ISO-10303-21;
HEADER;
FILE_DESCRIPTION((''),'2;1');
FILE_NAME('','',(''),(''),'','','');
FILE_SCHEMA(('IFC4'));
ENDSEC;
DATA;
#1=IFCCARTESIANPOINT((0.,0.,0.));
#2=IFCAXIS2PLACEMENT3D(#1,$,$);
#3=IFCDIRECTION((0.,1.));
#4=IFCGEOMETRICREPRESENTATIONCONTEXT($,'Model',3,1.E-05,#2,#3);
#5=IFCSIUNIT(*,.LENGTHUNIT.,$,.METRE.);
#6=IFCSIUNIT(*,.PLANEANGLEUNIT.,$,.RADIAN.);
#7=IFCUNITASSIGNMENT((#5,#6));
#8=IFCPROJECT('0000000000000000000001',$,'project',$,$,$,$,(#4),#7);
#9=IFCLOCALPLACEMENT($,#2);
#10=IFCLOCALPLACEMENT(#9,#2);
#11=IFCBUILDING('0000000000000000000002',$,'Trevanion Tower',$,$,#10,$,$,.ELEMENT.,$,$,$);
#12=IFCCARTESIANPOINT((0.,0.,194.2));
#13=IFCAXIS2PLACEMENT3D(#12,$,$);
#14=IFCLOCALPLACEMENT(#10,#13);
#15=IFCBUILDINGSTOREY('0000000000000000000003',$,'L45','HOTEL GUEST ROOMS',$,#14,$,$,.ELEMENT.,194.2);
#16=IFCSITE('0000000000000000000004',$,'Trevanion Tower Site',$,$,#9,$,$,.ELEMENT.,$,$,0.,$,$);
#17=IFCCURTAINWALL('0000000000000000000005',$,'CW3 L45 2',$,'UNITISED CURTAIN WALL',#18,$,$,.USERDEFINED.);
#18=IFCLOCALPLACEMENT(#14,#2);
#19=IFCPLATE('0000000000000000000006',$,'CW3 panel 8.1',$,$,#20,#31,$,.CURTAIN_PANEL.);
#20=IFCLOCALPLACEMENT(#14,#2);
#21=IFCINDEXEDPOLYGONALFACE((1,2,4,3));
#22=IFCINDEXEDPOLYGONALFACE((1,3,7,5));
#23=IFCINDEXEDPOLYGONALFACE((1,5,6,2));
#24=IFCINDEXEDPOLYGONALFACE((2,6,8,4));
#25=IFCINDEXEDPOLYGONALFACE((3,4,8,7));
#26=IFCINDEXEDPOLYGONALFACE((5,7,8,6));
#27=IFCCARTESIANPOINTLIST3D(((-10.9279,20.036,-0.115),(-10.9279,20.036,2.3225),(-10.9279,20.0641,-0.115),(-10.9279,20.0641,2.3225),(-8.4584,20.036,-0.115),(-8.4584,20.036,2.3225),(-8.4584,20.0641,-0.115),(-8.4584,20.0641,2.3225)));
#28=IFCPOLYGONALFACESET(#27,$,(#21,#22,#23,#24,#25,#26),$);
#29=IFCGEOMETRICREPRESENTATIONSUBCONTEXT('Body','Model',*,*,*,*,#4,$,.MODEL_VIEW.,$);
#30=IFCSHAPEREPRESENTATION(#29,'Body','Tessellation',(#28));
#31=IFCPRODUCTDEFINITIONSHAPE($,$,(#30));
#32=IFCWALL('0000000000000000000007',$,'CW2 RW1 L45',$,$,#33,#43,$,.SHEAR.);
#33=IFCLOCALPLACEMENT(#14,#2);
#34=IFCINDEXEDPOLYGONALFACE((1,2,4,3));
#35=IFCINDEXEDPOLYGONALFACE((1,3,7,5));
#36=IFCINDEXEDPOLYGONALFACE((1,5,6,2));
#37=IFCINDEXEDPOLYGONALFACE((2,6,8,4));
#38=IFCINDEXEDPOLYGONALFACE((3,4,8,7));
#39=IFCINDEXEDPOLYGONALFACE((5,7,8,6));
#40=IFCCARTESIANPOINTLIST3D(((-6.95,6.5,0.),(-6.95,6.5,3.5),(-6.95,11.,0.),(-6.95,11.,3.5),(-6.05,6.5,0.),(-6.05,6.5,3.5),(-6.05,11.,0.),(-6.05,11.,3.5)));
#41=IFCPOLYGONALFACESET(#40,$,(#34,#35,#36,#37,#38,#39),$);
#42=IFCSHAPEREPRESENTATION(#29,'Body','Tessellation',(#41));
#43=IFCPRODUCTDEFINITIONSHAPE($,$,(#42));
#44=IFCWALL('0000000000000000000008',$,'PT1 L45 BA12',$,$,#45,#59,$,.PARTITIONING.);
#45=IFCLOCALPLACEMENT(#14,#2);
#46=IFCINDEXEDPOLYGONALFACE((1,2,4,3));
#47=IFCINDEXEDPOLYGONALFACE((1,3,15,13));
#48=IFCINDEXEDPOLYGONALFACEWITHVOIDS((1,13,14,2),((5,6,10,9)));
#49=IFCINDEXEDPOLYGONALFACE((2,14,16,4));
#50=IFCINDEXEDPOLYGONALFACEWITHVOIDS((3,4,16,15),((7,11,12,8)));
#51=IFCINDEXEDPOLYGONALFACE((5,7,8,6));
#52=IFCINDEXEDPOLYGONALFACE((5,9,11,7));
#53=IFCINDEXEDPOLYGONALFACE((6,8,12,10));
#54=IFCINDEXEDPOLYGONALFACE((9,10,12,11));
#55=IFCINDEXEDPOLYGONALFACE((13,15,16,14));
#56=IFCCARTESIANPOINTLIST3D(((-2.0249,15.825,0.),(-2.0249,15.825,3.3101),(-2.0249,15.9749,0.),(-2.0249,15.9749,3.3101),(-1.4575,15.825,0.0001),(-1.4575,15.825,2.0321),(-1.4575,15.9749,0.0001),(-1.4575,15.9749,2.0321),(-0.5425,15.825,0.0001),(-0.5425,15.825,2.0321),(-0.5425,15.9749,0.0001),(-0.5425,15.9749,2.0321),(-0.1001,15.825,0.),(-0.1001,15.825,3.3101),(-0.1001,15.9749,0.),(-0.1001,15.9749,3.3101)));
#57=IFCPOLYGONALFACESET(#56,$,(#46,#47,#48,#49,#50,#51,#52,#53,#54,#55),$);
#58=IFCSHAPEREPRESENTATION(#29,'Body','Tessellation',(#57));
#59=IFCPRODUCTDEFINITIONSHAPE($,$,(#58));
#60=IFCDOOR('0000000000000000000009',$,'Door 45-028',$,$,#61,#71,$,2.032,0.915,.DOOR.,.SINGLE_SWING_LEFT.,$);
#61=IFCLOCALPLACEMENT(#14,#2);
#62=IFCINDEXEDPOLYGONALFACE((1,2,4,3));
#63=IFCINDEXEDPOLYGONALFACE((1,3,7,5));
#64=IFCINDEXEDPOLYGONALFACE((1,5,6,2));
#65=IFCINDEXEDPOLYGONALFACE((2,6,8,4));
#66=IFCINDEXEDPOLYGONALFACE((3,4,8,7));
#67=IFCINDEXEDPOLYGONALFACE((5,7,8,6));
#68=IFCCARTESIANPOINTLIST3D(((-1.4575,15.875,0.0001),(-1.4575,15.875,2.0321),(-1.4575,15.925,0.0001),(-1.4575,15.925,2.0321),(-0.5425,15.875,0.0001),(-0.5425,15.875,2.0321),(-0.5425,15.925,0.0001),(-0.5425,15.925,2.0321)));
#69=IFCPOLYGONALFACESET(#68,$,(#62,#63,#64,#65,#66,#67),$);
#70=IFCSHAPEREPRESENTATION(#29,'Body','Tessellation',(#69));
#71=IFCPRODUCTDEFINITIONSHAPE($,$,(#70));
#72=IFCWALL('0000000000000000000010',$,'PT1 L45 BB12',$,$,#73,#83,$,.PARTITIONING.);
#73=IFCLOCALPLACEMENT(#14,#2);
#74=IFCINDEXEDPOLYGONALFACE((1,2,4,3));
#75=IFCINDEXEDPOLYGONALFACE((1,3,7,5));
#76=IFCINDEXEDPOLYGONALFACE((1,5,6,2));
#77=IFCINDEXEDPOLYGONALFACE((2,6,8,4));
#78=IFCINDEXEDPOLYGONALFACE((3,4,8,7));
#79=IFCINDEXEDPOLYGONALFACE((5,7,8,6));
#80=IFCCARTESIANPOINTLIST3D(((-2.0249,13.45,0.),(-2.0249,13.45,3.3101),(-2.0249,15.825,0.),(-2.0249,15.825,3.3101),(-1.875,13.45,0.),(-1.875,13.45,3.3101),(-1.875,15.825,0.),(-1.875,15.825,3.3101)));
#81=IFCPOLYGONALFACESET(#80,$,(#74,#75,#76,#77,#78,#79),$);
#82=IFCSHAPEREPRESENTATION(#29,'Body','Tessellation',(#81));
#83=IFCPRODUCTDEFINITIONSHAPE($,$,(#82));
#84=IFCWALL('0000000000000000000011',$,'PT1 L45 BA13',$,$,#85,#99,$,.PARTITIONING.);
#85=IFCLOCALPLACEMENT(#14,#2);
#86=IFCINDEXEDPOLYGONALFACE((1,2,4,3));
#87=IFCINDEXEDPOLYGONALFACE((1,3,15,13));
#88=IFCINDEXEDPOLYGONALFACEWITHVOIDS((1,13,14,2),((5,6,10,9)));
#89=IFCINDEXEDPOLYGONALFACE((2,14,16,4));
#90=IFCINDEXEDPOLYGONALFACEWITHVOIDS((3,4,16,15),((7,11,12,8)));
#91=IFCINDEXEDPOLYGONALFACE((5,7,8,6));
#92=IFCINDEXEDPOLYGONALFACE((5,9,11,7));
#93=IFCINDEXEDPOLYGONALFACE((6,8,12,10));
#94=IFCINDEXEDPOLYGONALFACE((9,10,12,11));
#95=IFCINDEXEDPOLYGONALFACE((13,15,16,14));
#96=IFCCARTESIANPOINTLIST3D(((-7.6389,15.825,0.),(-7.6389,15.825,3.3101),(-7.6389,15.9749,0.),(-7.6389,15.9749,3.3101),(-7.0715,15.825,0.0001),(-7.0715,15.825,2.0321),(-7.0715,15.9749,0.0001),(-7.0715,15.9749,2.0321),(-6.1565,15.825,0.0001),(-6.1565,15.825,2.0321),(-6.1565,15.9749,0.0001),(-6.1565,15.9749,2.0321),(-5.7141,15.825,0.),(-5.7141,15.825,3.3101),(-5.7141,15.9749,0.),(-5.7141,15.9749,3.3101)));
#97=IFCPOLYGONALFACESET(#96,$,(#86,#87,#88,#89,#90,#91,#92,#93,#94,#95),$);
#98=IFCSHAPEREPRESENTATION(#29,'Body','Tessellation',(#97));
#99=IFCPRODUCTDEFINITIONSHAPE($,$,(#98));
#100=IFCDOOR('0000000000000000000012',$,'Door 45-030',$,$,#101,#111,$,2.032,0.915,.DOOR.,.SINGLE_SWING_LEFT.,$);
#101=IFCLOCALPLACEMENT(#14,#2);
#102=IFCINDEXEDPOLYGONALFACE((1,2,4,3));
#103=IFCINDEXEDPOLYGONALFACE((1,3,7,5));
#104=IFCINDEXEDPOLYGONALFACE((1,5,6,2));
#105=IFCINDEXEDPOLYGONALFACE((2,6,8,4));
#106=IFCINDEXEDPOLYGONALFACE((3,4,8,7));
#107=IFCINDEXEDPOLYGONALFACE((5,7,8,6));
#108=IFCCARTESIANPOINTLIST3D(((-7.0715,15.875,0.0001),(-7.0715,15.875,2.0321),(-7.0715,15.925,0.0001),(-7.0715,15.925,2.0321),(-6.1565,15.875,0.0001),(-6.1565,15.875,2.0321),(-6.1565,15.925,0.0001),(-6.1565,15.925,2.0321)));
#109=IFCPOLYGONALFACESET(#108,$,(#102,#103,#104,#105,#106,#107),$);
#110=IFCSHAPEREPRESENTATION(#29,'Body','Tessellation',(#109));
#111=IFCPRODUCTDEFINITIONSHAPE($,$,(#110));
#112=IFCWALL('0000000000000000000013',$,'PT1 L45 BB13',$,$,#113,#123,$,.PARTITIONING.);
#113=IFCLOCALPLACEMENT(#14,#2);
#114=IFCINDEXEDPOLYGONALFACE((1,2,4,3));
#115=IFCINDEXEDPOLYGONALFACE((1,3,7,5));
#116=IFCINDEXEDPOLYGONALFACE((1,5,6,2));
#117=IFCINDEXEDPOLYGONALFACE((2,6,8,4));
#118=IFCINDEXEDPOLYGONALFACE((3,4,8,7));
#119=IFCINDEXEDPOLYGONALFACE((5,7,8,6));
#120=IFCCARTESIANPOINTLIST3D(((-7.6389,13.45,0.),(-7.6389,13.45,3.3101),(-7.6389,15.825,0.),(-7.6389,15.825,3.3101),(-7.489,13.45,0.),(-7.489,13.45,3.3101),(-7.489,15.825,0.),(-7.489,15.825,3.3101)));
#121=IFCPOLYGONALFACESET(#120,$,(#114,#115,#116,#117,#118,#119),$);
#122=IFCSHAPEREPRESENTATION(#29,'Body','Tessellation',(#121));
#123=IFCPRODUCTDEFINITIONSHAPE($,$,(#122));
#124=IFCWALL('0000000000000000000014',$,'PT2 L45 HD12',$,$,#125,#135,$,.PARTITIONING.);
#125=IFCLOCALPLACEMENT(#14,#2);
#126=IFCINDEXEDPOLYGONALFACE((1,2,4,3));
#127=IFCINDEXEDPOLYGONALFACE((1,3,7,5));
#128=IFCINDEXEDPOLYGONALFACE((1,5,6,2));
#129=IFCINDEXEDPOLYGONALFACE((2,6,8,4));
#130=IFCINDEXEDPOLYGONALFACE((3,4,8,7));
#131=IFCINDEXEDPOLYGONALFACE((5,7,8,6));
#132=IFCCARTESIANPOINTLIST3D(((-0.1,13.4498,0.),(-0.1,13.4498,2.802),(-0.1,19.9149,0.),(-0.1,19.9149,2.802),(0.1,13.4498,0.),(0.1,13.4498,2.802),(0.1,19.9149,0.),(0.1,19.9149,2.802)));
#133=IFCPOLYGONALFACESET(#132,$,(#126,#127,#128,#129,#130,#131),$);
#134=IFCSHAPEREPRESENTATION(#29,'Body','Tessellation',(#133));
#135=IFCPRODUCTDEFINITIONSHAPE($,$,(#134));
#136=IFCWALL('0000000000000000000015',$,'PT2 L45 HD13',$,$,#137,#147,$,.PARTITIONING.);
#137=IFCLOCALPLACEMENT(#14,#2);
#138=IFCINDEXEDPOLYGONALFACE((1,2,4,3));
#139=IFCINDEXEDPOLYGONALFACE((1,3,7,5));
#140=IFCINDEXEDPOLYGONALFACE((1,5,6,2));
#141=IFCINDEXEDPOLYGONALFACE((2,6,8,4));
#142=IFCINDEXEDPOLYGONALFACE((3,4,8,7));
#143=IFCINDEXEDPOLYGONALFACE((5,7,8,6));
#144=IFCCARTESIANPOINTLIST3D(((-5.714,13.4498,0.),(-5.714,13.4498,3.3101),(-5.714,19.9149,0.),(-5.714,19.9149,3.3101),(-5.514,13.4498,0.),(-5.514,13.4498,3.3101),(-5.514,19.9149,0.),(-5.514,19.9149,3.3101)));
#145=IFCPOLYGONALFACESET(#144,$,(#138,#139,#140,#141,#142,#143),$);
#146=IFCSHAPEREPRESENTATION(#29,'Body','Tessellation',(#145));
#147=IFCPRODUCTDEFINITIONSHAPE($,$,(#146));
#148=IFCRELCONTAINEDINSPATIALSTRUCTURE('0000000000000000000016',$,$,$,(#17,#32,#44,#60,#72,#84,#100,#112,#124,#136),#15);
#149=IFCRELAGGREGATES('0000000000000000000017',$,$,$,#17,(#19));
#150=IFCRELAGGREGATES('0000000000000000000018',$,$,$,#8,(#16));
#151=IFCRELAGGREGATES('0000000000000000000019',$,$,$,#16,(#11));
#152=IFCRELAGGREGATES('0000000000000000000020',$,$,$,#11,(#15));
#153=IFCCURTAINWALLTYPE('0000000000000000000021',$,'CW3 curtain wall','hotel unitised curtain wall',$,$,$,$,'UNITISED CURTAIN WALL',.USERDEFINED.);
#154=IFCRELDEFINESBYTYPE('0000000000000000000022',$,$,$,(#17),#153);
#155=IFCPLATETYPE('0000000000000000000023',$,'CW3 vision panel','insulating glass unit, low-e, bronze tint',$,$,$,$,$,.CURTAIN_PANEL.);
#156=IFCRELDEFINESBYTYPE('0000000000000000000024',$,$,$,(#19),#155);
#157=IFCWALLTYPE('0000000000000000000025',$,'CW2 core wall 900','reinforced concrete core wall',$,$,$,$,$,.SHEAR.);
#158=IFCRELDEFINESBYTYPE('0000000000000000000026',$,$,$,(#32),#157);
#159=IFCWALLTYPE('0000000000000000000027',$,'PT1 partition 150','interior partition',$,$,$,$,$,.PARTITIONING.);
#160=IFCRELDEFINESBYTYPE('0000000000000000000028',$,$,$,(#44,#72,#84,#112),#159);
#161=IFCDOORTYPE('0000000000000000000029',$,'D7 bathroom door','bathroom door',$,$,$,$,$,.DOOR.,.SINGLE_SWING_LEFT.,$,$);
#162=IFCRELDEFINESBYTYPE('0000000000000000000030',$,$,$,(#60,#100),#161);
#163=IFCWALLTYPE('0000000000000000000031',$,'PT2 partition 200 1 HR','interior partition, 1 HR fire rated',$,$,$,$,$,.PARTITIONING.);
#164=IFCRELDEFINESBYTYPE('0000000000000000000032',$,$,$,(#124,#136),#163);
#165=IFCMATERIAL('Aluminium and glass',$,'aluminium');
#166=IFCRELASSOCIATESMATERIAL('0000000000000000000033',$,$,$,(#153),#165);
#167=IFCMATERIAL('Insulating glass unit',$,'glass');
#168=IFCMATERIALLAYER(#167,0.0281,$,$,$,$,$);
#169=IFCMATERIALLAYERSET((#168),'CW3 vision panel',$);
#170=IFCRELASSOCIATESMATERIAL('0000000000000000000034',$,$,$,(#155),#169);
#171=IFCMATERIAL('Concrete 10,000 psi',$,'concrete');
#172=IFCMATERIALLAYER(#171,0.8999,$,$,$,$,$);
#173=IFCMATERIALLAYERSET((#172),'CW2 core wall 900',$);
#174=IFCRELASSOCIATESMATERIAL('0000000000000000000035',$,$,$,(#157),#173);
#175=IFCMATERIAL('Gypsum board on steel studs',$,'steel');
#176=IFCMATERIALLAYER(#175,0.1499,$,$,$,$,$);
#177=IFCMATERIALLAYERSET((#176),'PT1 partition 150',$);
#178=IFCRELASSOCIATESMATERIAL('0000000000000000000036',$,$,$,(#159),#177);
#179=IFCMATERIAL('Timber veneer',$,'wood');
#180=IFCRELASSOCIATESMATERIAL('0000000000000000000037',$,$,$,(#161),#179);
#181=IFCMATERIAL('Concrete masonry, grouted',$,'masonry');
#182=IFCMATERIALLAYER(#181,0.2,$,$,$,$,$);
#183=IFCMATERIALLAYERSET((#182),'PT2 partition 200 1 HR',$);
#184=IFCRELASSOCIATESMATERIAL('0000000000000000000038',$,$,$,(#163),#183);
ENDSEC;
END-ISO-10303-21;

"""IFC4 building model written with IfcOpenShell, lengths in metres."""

from ifc_helpers import new_model, si_unit, direction, frame, frame_2d, origin, origin_2d, place, context, subcontext, project, spatial, rectangle, extrude, material, layer, layer_set, type_object, element, fill, aggregate, save


model = new_model("IFC4")

# Units and contexts
model_context = context("Model", 3, precision=1e-05, world=origin(), true_north=direction((0.0, 1.0)))
body_context = subcontext(model_context, "Body", "Model", "MODEL_VIEW")
ifc_project = project(units=[si_unit("LENGTHUNIT", "METRE"), si_unit("PLANEANGLEUNIT", "RADIAN")], contexts=[model_context])

# Site, building, storey
site_placement = place(None, origin())
site = spatial("IfcSite", under=ifc_project, at=site_placement, Name="Trevanion Tower Site", CompositionType="ELEMENT", RefElevation=0.0)
building_placement = place(site_placement, origin())
building = spatial("IfcBuilding", under=site, at=building_placement, Name="Trevanion Tower", CompositionType="ELEMENT")
storey_placement = place(building_placement, frame((0.0, 0.0, 194.2)))
storey = spatial("IfcBuildingStorey", under=building, at=storey_placement, Name="L45", Description="HOTEL GUEST ROOMS", CompositionType="ELEMENT", Elevation=194.2)

# Curtain wall
ifc_material_1 = material(Name="Aluminium and glass", Category="aluminium")
curtain_wall_type = type_object("IfcCurtainWallType", Name="CW3 curtain wall", Description="hotel unitised curtain wall", ElementType="UNITISED CURTAIN WALL", PredefinedType="USERDEFINED", material=ifc_material_1)
curtain_wall_placement = place(storey_placement, origin())
curtain_wall = element("IfcCurtainWall", 1, at=curtain_wall_placement, inside=storey, type_object=curtain_wall_type, Name="CW3 L45 2", ObjectType="UNITISED CURTAIN WALL", PredefinedType="USERDEFINED")

# Plate
ifc_material_2 = material(Name="Insulating glass unit", Category="glass")
ifc_layer_1 = layer(ifc_material_2, 0.0281)
ifc_layer_set_1 = layer_set([ifc_layer_1], Name="CW3 vision panel")
plate_type_1 = type_object("IfcPlateType", Name="CW3 vision panel", Description="insulating glass unit, low-e, bronze tint", PredefinedType="CURTAIN_PANEL", material=ifc_layer_set_1)
plate_1_placement = place(storey_placement, frame((-9.6931, 20.05, -0.115), z_axis=(0.0, 0.0, 1.0), x_axis=(-1.0, 0.0, 0.0)))
plate_1 = element("IfcPlate", 2, at=plate_1_placement, type_object=plate_type_1, Name="CW3 panel 8.1", PredefinedType="CURTAIN_PANEL", context=body_context, shape_type="SweptSolid", body=[
    extrude(rectangle(XDim=2.4695, YDim=0.0281, at=origin_2d()), origin(), (0.0, 0.0, 1.0), 2.4375),
])
aggregate(curtain_wall, [plate_1])

# Wall
ifc_material_3 = material(Name="Concrete 10,000 psi", Category="concrete")
ifc_layer_2 = layer(ifc_material_3, 0.8999)
ifc_layer_set_2 = layer_set([ifc_layer_2], Name="CW2 core wall 900")
wall_type_1 = type_object("IfcWallType", Name="CW2 core wall 900", Description="reinforced concrete core wall", PredefinedType="SHEAR", material=ifc_layer_set_2)
wall_1_placement = place(storey_placement, frame((-6.5, 11.0, 0.0), z_axis=(0.0, 0.0, 1.0), x_axis=(0.0, -1.0, 0.0)))
element("IfcWall", 3, at=wall_1_placement, inside=storey, type_object=wall_type_1, Name="CW2 RW1 L45", PredefinedType="SHEAR", context=body_context, shape_type="SweptSolid", body=[
    extrude(rectangle(XDim=4.5, YDim=0.8999, at=frame_2d((2.25, 0.0))), origin(), (0.0, 0.0, 1.0), 3.5),
])

# Wall, opening, door
ifc_material_4 = material(Name="Gypsum board on steel studs", Category="steel")
ifc_layer_3 = layer(ifc_material_4, 0.1499)
ifc_layer_set_3 = layer_set([ifc_layer_3], Name="PT1 partition 150")
wall_type_2 = type_object("IfcWallType", Name="PT1 partition 150", Description="interior partition", PredefinedType="PARTITIONING", material=ifc_layer_set_3)
wall_2_placement = place(storey_placement, frame((-0.1001, 15.8999, 0.0), z_axis=(0.0, 0.0, 1.0), x_axis=(-1.0, 0.0, 0.0)))
wall_2 = element("IfcWall", 4, at=wall_2_placement, inside=storey, type_object=wall_type_2, Name="PT1 L45 BA12", PredefinedType="PARTITIONING", context=body_context, shape_type="SweptSolid", body=[
    extrude(rectangle(XDim=1.9248, YDim=0.1499, at=frame_2d((0.9624, 0.0))), origin(), (0.0, 0.0, 1.0), 3.3101),
])
opening_1_placement = place(wall_2_placement, frame((0.4424, 0.0, 0.0)))
opening_1 = element("IfcOpeningElement", 5, at=opening_1_placement, cuts=wall_2, PredefinedType="OPENING", context=body_context, shape_type="SweptSolid", body=[
    extrude(rectangle(XDim=0.915, YDim=2.032, at=frame_2d((0.4575, 1.0161))), frame((0.0, 0.085, 0.0), z_axis=(0.0, -1.0, 0.0), x_axis=(1.0, 0.0, 0.0)), (0.0, 0.0, 1.0), 0.1699),
])
ifc_material_5 = material(Name="Timber veneer", Category="wood")
door_type = type_object("IfcDoorType", Name="D7 bathroom door", Description="bathroom door", OperationType="SINGLE_SWING_LEFT", PredefinedType="DOOR", material=ifc_material_5)
door_1_placement = place(opening_1_placement, origin())
door_1 = element("IfcDoor", 6, at=door_1_placement, inside=storey, type_object=door_type, Name="Door 45-028", OperationType="SINGLE_SWING_LEFT", OverallHeight=2.032, OverallWidth=0.915, PredefinedType="DOOR", context=body_context, shape_type="SweptSolid", body=[
    extrude(rectangle(XDim=0.915, YDim=2.032, at=frame_2d((0.4575, 1.0161))), frame((0.0, 0.0249, 0.0), z_axis=(0.0, -1.0, 0.0), x_axis=(1.0, 0.0, 0.0)), (0.0, 0.0, 1.0), 0.05),
])
fill(opening_1, door_1)

# Wall
wall_3_placement = place(storey_placement, frame((-1.95, 13.45, 0.0), z_axis=(0.0, 0.0, 1.0), x_axis=(0.0, 1.0, 0.0)))
element("IfcWall", 7, at=wall_3_placement, inside=storey, type_object=wall_type_2, Name="PT1 L45 BB12", PredefinedType="PARTITIONING", context=body_context, shape_type="SweptSolid", body=[
    extrude(rectangle(XDim=2.375, YDim=0.1499, at=frame_2d((1.1875, 0.0))), origin(), (0.0, 0.0, 1.0), 3.3101),
])

# Wall, opening, door
wall_4_placement = place(storey_placement, frame((-5.7141, 15.8999, 0.0), z_axis=(0.0, 0.0, 1.0), x_axis=(-1.0, 0.0, 0.0)))
wall_4 = element("IfcWall", 8, at=wall_4_placement, inside=storey, type_object=wall_type_2, Name="PT1 L45 BA13", PredefinedType="PARTITIONING", context=body_context, shape_type="SweptSolid", body=[
    extrude(rectangle(XDim=1.9248, YDim=0.1499, at=frame_2d((0.9624, 0.0))), origin(), (0.0, 0.0, 1.0), 3.3101),
])
opening_2_placement = place(wall_4_placement, frame((0.4424, 0.0, 0.0)))
opening_2 = element("IfcOpeningElement", 9, at=opening_2_placement, cuts=wall_4, PredefinedType="OPENING", context=body_context, shape_type="SweptSolid", body=[
    extrude(rectangle(XDim=0.915, YDim=2.032, at=frame_2d((0.4575, 1.0161))), frame((0.0, 0.085, 0.0), z_axis=(0.0, -1.0, 0.0), x_axis=(1.0, 0.0, 0.0)), (0.0, 0.0, 1.0), 0.1699),
])
door_2_placement = place(opening_2_placement, origin())
door_2 = element("IfcDoor", 10, at=door_2_placement, inside=storey, type_object=door_type, Name="Door 45-030", OperationType="SINGLE_SWING_LEFT", OverallHeight=2.032, OverallWidth=0.915, PredefinedType="DOOR", context=body_context, shape_type="SweptSolid", body=[
    extrude(rectangle(XDim=0.915, YDim=2.032, at=frame_2d((0.4575, 1.0161))), frame((0.0, 0.0249, 0.0), z_axis=(0.0, -1.0, 0.0), x_axis=(1.0, 0.0, 0.0)), (0.0, 0.0, 1.0), 0.05),
])
fill(opening_2, door_2)

# Walls
wall_5_placement = place(storey_placement, frame((-7.564, 13.45, 0.0), z_axis=(0.0, 0.0, 1.0), x_axis=(0.0, 1.0, 0.0)))
element("IfcWall", 11, at=wall_5_placement, inside=storey, type_object=wall_type_2, Name="PT1 L45 BB13", PredefinedType="PARTITIONING", context=body_context, shape_type="SweptSolid", body=[
    extrude(rectangle(XDim=2.375, YDim=0.1499, at=frame_2d((1.1875, 0.0))), origin(), (0.0, 0.0, 1.0), 3.3101),
])
ifc_material_6 = material(Name="Concrete masonry, grouted", Category="masonry")
ifc_layer_4 = layer(ifc_material_6, 0.2)
ifc_layer_set_4 = layer_set([ifc_layer_4], Name="PT2 partition 200 1 HR")
wall_type_3 = type_object("IfcWallType", Name="PT2 partition 200 1 HR", Description="interior partition, 1 HR fire rated", PredefinedType="PARTITIONING", material=ifc_layer_set_4)
wall_6_placement = place(storey_placement, frame((0.0, 13.45, 0.0), z_axis=(0.0, 0.0, 1.0), x_axis=(0.0, 1.0, 0.0)))
element("IfcWall", 12, at=wall_6_placement, inside=storey, type_object=wall_type_3, Name="PT2 L45 HD12", PredefinedType="PARTITIONING", context=body_context, shape_type="SweptSolid", body=[
    extrude(rectangle(XDim=6.4651, YDim=0.2, at=frame_2d((3.2324, 0.0))), origin(), (0.0, 0.0, 1.0), 2.802),
])
wall_7_placement = place(storey_placement, frame((-5.614, 13.45, 0.0), z_axis=(0.0, 0.0, 1.0), x_axis=(0.0, 1.0, 0.0)))
element("IfcWall", 13, at=wall_7_placement, inside=storey, type_object=wall_type_3, Name="PT2 L45 HD13", PredefinedType="PARTITIONING", context=body_context, shape_type="SweptSolid", body=[
    extrude(rectangle(XDim=6.4651, YDim=0.2, at=frame_2d((3.2324, 0.0))), origin(), (0.0, 0.0, 1.0), 3.3101),
])

save(model, "model.ifc")
